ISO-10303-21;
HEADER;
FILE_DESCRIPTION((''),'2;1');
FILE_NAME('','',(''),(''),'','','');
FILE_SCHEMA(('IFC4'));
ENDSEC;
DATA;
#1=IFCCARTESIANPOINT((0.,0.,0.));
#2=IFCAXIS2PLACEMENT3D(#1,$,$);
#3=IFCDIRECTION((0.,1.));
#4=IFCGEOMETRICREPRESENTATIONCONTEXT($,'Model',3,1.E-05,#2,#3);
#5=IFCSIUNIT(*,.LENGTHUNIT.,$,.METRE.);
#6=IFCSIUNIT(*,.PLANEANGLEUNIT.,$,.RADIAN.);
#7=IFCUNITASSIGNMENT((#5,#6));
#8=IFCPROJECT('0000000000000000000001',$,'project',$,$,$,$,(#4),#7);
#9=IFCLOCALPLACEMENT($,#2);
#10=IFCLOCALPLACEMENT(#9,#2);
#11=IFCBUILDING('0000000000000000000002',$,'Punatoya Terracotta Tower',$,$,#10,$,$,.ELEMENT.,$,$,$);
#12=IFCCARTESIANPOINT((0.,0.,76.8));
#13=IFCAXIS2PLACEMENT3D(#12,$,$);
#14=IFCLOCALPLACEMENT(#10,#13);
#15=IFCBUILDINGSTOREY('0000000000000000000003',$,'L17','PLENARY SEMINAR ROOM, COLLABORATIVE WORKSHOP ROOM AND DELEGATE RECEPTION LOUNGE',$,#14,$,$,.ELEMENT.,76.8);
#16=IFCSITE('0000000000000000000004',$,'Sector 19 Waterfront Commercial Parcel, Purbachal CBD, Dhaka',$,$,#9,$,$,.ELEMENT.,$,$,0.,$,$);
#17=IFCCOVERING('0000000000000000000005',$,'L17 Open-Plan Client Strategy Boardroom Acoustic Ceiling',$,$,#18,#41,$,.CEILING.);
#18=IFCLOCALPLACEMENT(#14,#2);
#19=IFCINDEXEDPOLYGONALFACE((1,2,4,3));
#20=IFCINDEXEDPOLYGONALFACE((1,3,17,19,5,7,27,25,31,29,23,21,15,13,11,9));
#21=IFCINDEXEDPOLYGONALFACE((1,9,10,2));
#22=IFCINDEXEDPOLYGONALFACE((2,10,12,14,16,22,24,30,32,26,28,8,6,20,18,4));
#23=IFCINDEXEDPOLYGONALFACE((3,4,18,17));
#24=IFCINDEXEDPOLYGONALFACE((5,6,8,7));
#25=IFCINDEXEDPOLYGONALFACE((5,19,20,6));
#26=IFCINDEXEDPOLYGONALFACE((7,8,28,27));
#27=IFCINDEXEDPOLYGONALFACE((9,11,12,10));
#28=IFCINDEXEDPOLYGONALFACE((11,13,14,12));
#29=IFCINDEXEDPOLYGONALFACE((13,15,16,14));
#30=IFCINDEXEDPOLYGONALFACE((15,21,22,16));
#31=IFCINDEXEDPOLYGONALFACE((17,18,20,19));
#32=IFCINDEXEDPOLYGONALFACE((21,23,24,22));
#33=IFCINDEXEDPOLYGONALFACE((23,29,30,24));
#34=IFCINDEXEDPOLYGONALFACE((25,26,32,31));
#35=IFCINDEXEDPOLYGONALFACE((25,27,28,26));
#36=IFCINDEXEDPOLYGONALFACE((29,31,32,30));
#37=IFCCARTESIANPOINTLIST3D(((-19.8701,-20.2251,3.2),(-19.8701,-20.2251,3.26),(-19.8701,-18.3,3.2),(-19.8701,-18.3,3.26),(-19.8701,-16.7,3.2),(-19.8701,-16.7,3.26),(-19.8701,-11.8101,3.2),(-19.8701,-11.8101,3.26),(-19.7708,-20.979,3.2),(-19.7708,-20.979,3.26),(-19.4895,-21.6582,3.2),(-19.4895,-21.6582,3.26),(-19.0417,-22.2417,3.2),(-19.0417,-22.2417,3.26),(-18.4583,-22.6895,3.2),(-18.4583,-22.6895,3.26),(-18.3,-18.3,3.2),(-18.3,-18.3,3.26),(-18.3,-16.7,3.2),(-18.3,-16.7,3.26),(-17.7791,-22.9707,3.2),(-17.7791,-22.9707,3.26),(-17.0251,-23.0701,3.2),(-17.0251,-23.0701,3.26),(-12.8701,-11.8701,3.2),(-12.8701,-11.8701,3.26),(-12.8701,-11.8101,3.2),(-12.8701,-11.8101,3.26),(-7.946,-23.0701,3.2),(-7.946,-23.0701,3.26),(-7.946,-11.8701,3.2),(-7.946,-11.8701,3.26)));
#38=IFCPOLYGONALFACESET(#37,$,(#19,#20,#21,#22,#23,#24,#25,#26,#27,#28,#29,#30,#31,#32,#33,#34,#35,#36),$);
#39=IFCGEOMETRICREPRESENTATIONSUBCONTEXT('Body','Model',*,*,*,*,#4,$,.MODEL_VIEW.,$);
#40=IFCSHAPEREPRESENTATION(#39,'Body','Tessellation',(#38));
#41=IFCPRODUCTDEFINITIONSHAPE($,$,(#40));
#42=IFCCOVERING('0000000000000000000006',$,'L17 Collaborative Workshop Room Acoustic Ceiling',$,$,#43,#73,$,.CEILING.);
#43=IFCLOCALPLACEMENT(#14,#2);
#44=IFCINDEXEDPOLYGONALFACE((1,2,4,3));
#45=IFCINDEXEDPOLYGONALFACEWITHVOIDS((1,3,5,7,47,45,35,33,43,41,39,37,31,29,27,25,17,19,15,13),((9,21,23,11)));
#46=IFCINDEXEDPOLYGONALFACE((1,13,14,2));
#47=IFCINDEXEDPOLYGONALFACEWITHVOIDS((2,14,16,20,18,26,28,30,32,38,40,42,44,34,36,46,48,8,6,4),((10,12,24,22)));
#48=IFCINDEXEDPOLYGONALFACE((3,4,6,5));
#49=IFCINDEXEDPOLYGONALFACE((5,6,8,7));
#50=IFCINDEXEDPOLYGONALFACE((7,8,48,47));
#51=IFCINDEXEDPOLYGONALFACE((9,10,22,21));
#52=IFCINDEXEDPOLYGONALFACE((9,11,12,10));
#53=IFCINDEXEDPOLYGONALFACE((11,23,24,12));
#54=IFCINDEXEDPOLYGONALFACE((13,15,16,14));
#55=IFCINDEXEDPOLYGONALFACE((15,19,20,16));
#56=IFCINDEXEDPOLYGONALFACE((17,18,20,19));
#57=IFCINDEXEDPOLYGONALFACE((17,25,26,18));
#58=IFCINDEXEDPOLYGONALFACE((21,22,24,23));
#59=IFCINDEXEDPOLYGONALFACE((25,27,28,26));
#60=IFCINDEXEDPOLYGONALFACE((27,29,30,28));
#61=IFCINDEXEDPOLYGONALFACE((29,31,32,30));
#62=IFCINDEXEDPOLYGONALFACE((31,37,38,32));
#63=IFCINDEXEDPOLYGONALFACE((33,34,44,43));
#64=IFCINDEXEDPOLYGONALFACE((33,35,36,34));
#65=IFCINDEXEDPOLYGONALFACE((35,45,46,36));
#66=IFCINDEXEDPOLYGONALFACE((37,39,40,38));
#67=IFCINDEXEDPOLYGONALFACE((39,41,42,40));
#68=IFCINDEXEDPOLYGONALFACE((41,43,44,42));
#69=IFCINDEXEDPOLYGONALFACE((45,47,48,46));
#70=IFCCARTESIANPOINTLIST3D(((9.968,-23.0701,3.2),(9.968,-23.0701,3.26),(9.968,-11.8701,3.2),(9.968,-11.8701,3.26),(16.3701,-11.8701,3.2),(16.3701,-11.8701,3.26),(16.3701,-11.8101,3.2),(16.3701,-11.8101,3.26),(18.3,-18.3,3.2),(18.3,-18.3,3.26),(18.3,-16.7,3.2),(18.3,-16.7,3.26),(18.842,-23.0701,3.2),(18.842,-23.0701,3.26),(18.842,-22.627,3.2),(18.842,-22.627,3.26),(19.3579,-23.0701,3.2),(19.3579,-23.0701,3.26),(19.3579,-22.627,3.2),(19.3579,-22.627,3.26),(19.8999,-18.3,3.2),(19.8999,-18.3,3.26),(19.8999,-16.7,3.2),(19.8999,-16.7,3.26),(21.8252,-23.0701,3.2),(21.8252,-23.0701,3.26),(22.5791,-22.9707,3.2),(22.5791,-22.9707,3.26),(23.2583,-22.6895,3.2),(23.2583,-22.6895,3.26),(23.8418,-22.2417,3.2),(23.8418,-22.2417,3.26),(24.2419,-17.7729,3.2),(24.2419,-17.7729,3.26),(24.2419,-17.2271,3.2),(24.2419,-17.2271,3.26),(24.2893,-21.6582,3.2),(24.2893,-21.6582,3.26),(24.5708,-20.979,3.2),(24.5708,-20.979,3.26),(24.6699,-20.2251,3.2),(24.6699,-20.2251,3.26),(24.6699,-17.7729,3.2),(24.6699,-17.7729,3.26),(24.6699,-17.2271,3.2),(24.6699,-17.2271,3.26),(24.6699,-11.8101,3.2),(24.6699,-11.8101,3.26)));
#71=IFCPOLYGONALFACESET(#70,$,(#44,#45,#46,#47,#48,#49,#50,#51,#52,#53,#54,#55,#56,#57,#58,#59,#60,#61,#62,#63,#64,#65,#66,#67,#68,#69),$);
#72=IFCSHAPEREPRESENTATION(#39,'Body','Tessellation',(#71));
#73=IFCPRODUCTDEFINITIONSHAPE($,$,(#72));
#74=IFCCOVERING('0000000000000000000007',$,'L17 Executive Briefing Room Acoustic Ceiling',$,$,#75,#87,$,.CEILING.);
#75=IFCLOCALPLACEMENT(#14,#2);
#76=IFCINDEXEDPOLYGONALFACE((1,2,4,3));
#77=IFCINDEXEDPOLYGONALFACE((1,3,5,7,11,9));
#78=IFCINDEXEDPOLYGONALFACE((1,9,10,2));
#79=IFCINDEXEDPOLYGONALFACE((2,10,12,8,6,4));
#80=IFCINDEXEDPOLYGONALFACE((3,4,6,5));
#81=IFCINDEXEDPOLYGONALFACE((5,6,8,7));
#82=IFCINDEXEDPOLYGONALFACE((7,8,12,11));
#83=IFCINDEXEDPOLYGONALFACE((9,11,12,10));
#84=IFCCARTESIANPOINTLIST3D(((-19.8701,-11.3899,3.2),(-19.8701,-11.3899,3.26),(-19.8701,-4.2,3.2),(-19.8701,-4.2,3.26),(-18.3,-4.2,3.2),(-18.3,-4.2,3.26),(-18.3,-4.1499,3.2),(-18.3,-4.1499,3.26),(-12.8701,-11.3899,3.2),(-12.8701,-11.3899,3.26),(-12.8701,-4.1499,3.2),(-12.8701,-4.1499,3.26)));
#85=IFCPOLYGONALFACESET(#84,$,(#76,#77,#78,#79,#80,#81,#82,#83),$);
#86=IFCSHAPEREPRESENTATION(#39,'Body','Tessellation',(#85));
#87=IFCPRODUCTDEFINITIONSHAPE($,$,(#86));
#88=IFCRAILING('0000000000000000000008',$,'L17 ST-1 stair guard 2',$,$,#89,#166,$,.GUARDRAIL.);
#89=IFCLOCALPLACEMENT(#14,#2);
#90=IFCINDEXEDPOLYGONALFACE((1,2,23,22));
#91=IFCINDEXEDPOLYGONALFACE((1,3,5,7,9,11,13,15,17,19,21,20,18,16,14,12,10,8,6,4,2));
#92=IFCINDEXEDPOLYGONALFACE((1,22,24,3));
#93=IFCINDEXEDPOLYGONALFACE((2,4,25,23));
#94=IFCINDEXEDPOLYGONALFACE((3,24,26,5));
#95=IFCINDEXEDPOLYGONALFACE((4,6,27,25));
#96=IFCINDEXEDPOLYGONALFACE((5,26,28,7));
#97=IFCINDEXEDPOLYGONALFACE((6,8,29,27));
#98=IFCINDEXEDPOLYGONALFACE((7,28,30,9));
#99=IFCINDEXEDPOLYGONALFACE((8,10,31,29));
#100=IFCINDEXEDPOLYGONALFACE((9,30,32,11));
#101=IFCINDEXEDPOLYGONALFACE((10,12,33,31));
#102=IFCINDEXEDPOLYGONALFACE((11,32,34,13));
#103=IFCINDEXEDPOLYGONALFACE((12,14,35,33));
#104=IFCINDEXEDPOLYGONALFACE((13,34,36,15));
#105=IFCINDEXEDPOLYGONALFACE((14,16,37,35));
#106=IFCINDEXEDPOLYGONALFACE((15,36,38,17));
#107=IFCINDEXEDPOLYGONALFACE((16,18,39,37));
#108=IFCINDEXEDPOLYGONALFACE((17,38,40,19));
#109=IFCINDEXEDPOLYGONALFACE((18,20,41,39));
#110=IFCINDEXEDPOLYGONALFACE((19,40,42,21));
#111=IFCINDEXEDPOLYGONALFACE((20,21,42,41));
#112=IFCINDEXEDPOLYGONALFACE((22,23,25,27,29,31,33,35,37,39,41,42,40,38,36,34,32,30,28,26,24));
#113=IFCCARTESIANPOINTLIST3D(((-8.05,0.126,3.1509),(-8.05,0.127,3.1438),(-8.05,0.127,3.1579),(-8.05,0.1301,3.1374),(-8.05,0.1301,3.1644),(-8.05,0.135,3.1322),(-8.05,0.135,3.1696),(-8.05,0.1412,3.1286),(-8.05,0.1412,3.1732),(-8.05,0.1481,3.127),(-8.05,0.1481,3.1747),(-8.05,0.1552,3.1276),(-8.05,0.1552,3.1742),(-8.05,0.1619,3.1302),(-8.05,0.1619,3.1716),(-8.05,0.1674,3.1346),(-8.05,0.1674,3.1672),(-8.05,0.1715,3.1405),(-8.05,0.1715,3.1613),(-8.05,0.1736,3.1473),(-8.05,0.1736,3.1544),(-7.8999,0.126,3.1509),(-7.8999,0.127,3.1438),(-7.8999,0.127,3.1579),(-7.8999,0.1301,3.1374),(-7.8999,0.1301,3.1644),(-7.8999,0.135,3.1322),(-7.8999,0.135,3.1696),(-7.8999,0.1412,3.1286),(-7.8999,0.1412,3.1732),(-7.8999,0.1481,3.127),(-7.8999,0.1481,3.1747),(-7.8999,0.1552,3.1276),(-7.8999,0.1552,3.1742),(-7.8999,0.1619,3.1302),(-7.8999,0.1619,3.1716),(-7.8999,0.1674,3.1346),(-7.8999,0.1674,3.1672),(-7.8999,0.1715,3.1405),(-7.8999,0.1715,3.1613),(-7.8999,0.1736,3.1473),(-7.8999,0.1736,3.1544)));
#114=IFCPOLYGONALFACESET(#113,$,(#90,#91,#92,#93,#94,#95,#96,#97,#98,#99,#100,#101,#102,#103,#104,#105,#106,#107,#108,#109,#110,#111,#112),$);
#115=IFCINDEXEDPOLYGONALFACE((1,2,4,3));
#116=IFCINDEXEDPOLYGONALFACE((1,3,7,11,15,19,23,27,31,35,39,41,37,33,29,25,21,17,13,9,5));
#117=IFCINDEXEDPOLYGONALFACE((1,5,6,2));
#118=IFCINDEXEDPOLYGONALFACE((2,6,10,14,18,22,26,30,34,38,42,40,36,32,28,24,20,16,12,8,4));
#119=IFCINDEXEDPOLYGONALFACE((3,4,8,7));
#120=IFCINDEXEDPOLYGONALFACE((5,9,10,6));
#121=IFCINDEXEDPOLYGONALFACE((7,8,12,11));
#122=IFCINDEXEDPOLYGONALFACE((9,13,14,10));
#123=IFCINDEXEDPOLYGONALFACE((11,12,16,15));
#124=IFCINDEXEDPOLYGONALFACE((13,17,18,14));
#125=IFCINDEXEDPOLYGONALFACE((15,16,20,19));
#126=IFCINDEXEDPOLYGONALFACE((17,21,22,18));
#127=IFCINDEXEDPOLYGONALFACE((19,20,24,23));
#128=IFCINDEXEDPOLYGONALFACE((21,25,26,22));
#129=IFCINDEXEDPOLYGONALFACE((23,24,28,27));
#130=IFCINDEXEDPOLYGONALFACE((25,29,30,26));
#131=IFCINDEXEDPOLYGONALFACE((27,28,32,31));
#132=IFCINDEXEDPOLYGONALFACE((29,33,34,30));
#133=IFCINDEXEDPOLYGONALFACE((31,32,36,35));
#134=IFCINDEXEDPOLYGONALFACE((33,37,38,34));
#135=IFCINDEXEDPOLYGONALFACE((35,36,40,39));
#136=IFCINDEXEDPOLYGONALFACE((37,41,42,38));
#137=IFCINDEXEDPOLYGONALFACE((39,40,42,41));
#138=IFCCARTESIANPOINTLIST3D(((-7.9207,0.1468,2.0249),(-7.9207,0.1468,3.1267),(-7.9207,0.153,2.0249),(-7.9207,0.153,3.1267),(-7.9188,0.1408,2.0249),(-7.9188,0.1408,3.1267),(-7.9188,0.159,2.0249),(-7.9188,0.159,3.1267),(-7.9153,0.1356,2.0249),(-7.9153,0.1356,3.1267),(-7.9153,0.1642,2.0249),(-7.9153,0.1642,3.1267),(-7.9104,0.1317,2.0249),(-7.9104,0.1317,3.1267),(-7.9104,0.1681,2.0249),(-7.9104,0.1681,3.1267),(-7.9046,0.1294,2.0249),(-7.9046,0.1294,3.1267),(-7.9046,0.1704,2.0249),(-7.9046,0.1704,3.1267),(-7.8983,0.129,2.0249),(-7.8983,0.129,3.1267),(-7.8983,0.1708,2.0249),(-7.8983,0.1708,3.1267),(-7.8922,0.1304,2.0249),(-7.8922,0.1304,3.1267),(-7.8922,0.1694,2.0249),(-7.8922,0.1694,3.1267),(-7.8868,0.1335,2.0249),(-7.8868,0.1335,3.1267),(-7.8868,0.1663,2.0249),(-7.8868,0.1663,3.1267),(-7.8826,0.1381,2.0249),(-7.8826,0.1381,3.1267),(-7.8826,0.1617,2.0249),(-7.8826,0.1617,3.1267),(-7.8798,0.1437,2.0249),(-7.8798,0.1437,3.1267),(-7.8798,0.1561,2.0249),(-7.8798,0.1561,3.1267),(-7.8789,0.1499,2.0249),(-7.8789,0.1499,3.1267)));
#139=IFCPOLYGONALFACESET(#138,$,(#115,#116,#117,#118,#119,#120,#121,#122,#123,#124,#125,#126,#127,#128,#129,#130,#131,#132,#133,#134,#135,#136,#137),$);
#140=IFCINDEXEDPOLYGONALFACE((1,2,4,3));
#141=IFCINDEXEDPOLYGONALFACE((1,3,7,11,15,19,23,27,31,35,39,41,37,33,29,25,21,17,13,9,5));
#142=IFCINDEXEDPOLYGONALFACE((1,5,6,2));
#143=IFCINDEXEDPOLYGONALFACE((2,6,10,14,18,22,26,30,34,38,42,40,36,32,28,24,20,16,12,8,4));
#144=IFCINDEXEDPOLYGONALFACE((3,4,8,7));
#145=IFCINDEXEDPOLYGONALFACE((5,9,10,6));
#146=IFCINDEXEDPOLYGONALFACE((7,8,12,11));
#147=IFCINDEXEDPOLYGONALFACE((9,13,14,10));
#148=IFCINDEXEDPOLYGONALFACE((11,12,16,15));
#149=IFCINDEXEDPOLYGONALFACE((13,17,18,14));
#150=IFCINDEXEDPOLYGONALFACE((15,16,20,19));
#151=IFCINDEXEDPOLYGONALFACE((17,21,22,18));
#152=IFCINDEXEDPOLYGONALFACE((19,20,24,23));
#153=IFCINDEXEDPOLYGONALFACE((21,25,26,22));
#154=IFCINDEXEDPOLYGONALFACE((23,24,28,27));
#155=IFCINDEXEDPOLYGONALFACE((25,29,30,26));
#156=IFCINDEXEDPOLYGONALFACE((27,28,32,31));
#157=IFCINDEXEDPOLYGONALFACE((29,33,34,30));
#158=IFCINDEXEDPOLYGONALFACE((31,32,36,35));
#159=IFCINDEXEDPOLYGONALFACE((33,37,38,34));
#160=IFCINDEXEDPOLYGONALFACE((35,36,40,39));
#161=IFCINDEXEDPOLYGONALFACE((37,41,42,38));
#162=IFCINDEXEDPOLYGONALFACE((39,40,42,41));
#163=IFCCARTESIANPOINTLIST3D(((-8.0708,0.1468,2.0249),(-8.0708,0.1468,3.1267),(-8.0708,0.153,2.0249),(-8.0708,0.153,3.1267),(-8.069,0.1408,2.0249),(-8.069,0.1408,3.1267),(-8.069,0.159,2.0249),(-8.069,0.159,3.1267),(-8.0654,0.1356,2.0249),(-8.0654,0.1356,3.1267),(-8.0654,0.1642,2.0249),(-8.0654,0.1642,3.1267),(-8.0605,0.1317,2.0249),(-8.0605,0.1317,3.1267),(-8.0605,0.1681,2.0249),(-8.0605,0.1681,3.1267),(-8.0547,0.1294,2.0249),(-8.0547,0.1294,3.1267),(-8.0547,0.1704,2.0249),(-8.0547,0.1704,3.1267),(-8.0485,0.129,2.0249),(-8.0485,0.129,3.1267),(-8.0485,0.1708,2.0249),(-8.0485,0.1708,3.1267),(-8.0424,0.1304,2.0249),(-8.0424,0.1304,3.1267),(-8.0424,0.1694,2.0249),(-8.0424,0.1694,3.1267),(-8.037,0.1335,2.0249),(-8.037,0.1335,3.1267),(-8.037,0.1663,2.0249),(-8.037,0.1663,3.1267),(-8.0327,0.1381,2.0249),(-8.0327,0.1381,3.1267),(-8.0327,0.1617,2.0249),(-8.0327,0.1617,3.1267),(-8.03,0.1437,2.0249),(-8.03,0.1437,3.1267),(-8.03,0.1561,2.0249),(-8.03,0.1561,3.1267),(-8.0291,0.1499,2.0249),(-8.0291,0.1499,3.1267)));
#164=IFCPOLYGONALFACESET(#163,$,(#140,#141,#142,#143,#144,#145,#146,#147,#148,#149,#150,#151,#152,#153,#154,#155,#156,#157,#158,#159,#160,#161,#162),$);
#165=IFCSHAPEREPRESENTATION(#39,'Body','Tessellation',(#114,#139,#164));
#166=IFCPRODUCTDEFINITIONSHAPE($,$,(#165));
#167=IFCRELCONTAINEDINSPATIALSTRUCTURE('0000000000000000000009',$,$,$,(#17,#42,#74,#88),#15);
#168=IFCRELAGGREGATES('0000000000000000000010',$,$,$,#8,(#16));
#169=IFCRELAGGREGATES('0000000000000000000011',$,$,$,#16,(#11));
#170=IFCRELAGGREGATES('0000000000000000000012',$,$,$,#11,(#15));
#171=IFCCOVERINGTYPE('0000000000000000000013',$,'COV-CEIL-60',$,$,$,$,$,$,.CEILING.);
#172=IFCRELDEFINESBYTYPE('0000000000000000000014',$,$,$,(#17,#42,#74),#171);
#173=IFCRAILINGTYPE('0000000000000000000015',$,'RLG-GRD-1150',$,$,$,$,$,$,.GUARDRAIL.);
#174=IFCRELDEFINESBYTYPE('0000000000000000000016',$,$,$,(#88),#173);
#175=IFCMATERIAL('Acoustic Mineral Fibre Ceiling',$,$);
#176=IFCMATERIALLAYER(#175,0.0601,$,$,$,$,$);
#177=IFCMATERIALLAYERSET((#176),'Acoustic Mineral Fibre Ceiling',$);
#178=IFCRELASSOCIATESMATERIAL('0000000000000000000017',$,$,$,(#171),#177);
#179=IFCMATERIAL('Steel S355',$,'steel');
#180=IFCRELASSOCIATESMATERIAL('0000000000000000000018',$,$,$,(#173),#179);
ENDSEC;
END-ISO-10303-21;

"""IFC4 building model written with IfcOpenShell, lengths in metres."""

from ifc_helpers import new_model, si_unit, direction, frame, origin, origin_2d, place, context, subcontext, project, spatial, polyline, circle, outline, extrude, material, layer, layer_set, type_object, element, save


model = new_model("IFC4")

# Units and contexts
model_context = context("Model", 3, precision=1e-05, world=origin(), true_north=direction((0.0, 1.0)))
body_context = subcontext(model_context, "Body", "Model", "MODEL_VIEW")
ifc_project = project(units=[si_unit("LENGTHUNIT", "METRE"), si_unit("PLANEANGLEUNIT", "RADIAN")], contexts=[model_context])

# Site, building, storey
site_placement = place(None, origin())
site = spatial("IfcSite", under=ifc_project, at=site_placement, Name="Sector 19 Waterfront Commercial Parcel, Purbachal CBD, Dhaka", CompositionType="ELEMENT", RefElevation=0.0)
building_placement = place(site_placement, origin())
building = spatial("IfcBuilding", under=site, at=building_placement, Name="Punatoya Terracotta Tower", CompositionType="ELEMENT")
storey_placement = place(building_placement, frame((0.0, 0.0, 76.8)))
storey = spatial("IfcBuildingStorey", under=building, at=storey_placement, Name="L17", Description="PLENARY SEMINAR ROOM, COLLABORATIVE WORKSHOP ROOM AND DELEGATE RECEPTION LOUNGE", CompositionType="ELEMENT", Elevation=76.8)

# Shared definitions
ifc_material_1 = material(Name="Steel S355", Category="steel")

# Coverings
ifc_material_2 = material(Name="Acoustic Mineral Fibre Ceiling")
ifc_layer_1 = layer(ifc_material_2, 0.0601)
ifc_layer_set_1 = layer_set([ifc_layer_1], Name="Acoustic Mineral Fibre Ceiling")
covering_type = type_object("IfcCoveringType", Name="COV-CEIL-60", PredefinedType="CEILING", material=ifc_layer_set_1)
covering_1_placement = place(storey_placement, frame((0.0, 0.0, 3.2)))
element("IfcCovering", 1, at=covering_1_placement, inside=storey, type_object=covering_type, Name="L17 Open-Plan Client Strategy Boardroom Acoustic Ceiling", PredefinedType="CEILING", context=body_context, shape_type="SweptSolid", body=[
    extrude(outline(polyline([(-19.8701, -18.3), (-19.8701, -20.2251), (-19.7708, -20.979), (-19.4895, -21.6582), (-19.0417, -22.2417), (-18.4583, -22.6895), (-17.7791, -22.9707), (-17.0251, -23.0701), (-7.946, -23.0701), (-7.946, -11.8701), (-12.8701, -11.8701), (-12.8701, -11.8101), (-19.8701, -11.8101), (-19.8701, -16.7), (-18.3, -16.7), (-18.3, -18.3), (-19.8701, -18.3)])), origin(), (0.0, 0.0, 1.0), 0.0601),
])
covering_2_placement = place(storey_placement, frame((0.0, 0.0, 3.2)))
element("IfcCovering", 2, at=covering_2_placement, inside=storey, type_object=covering_type, Name="L17 Collaborative Workshop Room Acoustic Ceiling", PredefinedType="CEILING", context=body_context, shape_type="SweptSolid", body=[
    extrude(outline(polyline([(16.3701, -11.8701), (9.968, -11.8701), (9.968, -23.0701), (18.842, -23.0701), (18.842, -22.627), (19.3579, -22.627), (19.3579, -23.0701), (21.8252, -23.0701), (22.5791, -22.9707), (23.2583, -22.6895), (23.8418, -22.2417), (24.2893, -21.6582), (24.5708, -20.979), (24.6699, -20.2251), (24.6699, -17.7729), (24.2419, -17.7729), (24.2419, -17.2271), (24.6699, -17.2271), (24.6699, -11.8101), (16.3701, -11.8101), (16.3701, -11.8701)]), holes=[polyline([(19.8999, -18.3), (18.3, -18.3), (18.3, -16.7), (19.8999, -16.7), (19.8999, -18.3)])]), origin(), (0.0, 0.0, 1.0), 0.0601),
])
covering_3_placement = place(storey_placement, frame((0.0, 0.0, 3.2)))
element("IfcCovering", 3, at=covering_3_placement, inside=storey, type_object=covering_type, Name="L17 Executive Briefing Room Acoustic Ceiling", PredefinedType="CEILING", context=body_context, shape_type="SweptSolid", body=[
    extrude(outline(polyline([(-18.3, -4.2), (-19.8701, -4.2), (-19.8701, -11.3899), (-12.8701, -11.3899), (-12.8701, -4.1499), (-18.3, -4.1499), (-18.3, -4.2)])), origin(), (0.0, 0.0, 1.0), 0.0601),
])

# Railing
railing_type_1 = type_object("IfcRailingType", Name="RLG-GRD-1150", PredefinedType="GUARDRAIL", material=ifc_material_1)
railing_1_placement = place(storey_placement, frame((-7.8999, 0.1499, 2.0249)))
element("IfcRailing", 4, at=railing_1_placement, inside=storey, type_object=railing_type_1, Name="L17 ST-1 stair guard 2", PredefinedType="GUARDRAIL", context=body_context, shape_type="SweptSolid", body=[
    extrude(circle(Radius=0.0239, at=origin_2d()), frame((0.0, 0.0, 1.126), z_axis=(-1.0, 0.0, 0.0), x_axis=(0.0, -1.0, 0.0)), (0.0, 0.0, 1.0), 0.1501),
    extrude(circle(Radius=0.021, at=origin_2d()), origin(), (0.0, 0.0, 1.0), 1.1018),
    extrude(circle(Radius=0.021, at=origin_2d()), frame((-0.1501, 0.0, 0.0)), (0.0, 0.0, 1.0), 1.1018),
])

save(model, "model.ifc")
